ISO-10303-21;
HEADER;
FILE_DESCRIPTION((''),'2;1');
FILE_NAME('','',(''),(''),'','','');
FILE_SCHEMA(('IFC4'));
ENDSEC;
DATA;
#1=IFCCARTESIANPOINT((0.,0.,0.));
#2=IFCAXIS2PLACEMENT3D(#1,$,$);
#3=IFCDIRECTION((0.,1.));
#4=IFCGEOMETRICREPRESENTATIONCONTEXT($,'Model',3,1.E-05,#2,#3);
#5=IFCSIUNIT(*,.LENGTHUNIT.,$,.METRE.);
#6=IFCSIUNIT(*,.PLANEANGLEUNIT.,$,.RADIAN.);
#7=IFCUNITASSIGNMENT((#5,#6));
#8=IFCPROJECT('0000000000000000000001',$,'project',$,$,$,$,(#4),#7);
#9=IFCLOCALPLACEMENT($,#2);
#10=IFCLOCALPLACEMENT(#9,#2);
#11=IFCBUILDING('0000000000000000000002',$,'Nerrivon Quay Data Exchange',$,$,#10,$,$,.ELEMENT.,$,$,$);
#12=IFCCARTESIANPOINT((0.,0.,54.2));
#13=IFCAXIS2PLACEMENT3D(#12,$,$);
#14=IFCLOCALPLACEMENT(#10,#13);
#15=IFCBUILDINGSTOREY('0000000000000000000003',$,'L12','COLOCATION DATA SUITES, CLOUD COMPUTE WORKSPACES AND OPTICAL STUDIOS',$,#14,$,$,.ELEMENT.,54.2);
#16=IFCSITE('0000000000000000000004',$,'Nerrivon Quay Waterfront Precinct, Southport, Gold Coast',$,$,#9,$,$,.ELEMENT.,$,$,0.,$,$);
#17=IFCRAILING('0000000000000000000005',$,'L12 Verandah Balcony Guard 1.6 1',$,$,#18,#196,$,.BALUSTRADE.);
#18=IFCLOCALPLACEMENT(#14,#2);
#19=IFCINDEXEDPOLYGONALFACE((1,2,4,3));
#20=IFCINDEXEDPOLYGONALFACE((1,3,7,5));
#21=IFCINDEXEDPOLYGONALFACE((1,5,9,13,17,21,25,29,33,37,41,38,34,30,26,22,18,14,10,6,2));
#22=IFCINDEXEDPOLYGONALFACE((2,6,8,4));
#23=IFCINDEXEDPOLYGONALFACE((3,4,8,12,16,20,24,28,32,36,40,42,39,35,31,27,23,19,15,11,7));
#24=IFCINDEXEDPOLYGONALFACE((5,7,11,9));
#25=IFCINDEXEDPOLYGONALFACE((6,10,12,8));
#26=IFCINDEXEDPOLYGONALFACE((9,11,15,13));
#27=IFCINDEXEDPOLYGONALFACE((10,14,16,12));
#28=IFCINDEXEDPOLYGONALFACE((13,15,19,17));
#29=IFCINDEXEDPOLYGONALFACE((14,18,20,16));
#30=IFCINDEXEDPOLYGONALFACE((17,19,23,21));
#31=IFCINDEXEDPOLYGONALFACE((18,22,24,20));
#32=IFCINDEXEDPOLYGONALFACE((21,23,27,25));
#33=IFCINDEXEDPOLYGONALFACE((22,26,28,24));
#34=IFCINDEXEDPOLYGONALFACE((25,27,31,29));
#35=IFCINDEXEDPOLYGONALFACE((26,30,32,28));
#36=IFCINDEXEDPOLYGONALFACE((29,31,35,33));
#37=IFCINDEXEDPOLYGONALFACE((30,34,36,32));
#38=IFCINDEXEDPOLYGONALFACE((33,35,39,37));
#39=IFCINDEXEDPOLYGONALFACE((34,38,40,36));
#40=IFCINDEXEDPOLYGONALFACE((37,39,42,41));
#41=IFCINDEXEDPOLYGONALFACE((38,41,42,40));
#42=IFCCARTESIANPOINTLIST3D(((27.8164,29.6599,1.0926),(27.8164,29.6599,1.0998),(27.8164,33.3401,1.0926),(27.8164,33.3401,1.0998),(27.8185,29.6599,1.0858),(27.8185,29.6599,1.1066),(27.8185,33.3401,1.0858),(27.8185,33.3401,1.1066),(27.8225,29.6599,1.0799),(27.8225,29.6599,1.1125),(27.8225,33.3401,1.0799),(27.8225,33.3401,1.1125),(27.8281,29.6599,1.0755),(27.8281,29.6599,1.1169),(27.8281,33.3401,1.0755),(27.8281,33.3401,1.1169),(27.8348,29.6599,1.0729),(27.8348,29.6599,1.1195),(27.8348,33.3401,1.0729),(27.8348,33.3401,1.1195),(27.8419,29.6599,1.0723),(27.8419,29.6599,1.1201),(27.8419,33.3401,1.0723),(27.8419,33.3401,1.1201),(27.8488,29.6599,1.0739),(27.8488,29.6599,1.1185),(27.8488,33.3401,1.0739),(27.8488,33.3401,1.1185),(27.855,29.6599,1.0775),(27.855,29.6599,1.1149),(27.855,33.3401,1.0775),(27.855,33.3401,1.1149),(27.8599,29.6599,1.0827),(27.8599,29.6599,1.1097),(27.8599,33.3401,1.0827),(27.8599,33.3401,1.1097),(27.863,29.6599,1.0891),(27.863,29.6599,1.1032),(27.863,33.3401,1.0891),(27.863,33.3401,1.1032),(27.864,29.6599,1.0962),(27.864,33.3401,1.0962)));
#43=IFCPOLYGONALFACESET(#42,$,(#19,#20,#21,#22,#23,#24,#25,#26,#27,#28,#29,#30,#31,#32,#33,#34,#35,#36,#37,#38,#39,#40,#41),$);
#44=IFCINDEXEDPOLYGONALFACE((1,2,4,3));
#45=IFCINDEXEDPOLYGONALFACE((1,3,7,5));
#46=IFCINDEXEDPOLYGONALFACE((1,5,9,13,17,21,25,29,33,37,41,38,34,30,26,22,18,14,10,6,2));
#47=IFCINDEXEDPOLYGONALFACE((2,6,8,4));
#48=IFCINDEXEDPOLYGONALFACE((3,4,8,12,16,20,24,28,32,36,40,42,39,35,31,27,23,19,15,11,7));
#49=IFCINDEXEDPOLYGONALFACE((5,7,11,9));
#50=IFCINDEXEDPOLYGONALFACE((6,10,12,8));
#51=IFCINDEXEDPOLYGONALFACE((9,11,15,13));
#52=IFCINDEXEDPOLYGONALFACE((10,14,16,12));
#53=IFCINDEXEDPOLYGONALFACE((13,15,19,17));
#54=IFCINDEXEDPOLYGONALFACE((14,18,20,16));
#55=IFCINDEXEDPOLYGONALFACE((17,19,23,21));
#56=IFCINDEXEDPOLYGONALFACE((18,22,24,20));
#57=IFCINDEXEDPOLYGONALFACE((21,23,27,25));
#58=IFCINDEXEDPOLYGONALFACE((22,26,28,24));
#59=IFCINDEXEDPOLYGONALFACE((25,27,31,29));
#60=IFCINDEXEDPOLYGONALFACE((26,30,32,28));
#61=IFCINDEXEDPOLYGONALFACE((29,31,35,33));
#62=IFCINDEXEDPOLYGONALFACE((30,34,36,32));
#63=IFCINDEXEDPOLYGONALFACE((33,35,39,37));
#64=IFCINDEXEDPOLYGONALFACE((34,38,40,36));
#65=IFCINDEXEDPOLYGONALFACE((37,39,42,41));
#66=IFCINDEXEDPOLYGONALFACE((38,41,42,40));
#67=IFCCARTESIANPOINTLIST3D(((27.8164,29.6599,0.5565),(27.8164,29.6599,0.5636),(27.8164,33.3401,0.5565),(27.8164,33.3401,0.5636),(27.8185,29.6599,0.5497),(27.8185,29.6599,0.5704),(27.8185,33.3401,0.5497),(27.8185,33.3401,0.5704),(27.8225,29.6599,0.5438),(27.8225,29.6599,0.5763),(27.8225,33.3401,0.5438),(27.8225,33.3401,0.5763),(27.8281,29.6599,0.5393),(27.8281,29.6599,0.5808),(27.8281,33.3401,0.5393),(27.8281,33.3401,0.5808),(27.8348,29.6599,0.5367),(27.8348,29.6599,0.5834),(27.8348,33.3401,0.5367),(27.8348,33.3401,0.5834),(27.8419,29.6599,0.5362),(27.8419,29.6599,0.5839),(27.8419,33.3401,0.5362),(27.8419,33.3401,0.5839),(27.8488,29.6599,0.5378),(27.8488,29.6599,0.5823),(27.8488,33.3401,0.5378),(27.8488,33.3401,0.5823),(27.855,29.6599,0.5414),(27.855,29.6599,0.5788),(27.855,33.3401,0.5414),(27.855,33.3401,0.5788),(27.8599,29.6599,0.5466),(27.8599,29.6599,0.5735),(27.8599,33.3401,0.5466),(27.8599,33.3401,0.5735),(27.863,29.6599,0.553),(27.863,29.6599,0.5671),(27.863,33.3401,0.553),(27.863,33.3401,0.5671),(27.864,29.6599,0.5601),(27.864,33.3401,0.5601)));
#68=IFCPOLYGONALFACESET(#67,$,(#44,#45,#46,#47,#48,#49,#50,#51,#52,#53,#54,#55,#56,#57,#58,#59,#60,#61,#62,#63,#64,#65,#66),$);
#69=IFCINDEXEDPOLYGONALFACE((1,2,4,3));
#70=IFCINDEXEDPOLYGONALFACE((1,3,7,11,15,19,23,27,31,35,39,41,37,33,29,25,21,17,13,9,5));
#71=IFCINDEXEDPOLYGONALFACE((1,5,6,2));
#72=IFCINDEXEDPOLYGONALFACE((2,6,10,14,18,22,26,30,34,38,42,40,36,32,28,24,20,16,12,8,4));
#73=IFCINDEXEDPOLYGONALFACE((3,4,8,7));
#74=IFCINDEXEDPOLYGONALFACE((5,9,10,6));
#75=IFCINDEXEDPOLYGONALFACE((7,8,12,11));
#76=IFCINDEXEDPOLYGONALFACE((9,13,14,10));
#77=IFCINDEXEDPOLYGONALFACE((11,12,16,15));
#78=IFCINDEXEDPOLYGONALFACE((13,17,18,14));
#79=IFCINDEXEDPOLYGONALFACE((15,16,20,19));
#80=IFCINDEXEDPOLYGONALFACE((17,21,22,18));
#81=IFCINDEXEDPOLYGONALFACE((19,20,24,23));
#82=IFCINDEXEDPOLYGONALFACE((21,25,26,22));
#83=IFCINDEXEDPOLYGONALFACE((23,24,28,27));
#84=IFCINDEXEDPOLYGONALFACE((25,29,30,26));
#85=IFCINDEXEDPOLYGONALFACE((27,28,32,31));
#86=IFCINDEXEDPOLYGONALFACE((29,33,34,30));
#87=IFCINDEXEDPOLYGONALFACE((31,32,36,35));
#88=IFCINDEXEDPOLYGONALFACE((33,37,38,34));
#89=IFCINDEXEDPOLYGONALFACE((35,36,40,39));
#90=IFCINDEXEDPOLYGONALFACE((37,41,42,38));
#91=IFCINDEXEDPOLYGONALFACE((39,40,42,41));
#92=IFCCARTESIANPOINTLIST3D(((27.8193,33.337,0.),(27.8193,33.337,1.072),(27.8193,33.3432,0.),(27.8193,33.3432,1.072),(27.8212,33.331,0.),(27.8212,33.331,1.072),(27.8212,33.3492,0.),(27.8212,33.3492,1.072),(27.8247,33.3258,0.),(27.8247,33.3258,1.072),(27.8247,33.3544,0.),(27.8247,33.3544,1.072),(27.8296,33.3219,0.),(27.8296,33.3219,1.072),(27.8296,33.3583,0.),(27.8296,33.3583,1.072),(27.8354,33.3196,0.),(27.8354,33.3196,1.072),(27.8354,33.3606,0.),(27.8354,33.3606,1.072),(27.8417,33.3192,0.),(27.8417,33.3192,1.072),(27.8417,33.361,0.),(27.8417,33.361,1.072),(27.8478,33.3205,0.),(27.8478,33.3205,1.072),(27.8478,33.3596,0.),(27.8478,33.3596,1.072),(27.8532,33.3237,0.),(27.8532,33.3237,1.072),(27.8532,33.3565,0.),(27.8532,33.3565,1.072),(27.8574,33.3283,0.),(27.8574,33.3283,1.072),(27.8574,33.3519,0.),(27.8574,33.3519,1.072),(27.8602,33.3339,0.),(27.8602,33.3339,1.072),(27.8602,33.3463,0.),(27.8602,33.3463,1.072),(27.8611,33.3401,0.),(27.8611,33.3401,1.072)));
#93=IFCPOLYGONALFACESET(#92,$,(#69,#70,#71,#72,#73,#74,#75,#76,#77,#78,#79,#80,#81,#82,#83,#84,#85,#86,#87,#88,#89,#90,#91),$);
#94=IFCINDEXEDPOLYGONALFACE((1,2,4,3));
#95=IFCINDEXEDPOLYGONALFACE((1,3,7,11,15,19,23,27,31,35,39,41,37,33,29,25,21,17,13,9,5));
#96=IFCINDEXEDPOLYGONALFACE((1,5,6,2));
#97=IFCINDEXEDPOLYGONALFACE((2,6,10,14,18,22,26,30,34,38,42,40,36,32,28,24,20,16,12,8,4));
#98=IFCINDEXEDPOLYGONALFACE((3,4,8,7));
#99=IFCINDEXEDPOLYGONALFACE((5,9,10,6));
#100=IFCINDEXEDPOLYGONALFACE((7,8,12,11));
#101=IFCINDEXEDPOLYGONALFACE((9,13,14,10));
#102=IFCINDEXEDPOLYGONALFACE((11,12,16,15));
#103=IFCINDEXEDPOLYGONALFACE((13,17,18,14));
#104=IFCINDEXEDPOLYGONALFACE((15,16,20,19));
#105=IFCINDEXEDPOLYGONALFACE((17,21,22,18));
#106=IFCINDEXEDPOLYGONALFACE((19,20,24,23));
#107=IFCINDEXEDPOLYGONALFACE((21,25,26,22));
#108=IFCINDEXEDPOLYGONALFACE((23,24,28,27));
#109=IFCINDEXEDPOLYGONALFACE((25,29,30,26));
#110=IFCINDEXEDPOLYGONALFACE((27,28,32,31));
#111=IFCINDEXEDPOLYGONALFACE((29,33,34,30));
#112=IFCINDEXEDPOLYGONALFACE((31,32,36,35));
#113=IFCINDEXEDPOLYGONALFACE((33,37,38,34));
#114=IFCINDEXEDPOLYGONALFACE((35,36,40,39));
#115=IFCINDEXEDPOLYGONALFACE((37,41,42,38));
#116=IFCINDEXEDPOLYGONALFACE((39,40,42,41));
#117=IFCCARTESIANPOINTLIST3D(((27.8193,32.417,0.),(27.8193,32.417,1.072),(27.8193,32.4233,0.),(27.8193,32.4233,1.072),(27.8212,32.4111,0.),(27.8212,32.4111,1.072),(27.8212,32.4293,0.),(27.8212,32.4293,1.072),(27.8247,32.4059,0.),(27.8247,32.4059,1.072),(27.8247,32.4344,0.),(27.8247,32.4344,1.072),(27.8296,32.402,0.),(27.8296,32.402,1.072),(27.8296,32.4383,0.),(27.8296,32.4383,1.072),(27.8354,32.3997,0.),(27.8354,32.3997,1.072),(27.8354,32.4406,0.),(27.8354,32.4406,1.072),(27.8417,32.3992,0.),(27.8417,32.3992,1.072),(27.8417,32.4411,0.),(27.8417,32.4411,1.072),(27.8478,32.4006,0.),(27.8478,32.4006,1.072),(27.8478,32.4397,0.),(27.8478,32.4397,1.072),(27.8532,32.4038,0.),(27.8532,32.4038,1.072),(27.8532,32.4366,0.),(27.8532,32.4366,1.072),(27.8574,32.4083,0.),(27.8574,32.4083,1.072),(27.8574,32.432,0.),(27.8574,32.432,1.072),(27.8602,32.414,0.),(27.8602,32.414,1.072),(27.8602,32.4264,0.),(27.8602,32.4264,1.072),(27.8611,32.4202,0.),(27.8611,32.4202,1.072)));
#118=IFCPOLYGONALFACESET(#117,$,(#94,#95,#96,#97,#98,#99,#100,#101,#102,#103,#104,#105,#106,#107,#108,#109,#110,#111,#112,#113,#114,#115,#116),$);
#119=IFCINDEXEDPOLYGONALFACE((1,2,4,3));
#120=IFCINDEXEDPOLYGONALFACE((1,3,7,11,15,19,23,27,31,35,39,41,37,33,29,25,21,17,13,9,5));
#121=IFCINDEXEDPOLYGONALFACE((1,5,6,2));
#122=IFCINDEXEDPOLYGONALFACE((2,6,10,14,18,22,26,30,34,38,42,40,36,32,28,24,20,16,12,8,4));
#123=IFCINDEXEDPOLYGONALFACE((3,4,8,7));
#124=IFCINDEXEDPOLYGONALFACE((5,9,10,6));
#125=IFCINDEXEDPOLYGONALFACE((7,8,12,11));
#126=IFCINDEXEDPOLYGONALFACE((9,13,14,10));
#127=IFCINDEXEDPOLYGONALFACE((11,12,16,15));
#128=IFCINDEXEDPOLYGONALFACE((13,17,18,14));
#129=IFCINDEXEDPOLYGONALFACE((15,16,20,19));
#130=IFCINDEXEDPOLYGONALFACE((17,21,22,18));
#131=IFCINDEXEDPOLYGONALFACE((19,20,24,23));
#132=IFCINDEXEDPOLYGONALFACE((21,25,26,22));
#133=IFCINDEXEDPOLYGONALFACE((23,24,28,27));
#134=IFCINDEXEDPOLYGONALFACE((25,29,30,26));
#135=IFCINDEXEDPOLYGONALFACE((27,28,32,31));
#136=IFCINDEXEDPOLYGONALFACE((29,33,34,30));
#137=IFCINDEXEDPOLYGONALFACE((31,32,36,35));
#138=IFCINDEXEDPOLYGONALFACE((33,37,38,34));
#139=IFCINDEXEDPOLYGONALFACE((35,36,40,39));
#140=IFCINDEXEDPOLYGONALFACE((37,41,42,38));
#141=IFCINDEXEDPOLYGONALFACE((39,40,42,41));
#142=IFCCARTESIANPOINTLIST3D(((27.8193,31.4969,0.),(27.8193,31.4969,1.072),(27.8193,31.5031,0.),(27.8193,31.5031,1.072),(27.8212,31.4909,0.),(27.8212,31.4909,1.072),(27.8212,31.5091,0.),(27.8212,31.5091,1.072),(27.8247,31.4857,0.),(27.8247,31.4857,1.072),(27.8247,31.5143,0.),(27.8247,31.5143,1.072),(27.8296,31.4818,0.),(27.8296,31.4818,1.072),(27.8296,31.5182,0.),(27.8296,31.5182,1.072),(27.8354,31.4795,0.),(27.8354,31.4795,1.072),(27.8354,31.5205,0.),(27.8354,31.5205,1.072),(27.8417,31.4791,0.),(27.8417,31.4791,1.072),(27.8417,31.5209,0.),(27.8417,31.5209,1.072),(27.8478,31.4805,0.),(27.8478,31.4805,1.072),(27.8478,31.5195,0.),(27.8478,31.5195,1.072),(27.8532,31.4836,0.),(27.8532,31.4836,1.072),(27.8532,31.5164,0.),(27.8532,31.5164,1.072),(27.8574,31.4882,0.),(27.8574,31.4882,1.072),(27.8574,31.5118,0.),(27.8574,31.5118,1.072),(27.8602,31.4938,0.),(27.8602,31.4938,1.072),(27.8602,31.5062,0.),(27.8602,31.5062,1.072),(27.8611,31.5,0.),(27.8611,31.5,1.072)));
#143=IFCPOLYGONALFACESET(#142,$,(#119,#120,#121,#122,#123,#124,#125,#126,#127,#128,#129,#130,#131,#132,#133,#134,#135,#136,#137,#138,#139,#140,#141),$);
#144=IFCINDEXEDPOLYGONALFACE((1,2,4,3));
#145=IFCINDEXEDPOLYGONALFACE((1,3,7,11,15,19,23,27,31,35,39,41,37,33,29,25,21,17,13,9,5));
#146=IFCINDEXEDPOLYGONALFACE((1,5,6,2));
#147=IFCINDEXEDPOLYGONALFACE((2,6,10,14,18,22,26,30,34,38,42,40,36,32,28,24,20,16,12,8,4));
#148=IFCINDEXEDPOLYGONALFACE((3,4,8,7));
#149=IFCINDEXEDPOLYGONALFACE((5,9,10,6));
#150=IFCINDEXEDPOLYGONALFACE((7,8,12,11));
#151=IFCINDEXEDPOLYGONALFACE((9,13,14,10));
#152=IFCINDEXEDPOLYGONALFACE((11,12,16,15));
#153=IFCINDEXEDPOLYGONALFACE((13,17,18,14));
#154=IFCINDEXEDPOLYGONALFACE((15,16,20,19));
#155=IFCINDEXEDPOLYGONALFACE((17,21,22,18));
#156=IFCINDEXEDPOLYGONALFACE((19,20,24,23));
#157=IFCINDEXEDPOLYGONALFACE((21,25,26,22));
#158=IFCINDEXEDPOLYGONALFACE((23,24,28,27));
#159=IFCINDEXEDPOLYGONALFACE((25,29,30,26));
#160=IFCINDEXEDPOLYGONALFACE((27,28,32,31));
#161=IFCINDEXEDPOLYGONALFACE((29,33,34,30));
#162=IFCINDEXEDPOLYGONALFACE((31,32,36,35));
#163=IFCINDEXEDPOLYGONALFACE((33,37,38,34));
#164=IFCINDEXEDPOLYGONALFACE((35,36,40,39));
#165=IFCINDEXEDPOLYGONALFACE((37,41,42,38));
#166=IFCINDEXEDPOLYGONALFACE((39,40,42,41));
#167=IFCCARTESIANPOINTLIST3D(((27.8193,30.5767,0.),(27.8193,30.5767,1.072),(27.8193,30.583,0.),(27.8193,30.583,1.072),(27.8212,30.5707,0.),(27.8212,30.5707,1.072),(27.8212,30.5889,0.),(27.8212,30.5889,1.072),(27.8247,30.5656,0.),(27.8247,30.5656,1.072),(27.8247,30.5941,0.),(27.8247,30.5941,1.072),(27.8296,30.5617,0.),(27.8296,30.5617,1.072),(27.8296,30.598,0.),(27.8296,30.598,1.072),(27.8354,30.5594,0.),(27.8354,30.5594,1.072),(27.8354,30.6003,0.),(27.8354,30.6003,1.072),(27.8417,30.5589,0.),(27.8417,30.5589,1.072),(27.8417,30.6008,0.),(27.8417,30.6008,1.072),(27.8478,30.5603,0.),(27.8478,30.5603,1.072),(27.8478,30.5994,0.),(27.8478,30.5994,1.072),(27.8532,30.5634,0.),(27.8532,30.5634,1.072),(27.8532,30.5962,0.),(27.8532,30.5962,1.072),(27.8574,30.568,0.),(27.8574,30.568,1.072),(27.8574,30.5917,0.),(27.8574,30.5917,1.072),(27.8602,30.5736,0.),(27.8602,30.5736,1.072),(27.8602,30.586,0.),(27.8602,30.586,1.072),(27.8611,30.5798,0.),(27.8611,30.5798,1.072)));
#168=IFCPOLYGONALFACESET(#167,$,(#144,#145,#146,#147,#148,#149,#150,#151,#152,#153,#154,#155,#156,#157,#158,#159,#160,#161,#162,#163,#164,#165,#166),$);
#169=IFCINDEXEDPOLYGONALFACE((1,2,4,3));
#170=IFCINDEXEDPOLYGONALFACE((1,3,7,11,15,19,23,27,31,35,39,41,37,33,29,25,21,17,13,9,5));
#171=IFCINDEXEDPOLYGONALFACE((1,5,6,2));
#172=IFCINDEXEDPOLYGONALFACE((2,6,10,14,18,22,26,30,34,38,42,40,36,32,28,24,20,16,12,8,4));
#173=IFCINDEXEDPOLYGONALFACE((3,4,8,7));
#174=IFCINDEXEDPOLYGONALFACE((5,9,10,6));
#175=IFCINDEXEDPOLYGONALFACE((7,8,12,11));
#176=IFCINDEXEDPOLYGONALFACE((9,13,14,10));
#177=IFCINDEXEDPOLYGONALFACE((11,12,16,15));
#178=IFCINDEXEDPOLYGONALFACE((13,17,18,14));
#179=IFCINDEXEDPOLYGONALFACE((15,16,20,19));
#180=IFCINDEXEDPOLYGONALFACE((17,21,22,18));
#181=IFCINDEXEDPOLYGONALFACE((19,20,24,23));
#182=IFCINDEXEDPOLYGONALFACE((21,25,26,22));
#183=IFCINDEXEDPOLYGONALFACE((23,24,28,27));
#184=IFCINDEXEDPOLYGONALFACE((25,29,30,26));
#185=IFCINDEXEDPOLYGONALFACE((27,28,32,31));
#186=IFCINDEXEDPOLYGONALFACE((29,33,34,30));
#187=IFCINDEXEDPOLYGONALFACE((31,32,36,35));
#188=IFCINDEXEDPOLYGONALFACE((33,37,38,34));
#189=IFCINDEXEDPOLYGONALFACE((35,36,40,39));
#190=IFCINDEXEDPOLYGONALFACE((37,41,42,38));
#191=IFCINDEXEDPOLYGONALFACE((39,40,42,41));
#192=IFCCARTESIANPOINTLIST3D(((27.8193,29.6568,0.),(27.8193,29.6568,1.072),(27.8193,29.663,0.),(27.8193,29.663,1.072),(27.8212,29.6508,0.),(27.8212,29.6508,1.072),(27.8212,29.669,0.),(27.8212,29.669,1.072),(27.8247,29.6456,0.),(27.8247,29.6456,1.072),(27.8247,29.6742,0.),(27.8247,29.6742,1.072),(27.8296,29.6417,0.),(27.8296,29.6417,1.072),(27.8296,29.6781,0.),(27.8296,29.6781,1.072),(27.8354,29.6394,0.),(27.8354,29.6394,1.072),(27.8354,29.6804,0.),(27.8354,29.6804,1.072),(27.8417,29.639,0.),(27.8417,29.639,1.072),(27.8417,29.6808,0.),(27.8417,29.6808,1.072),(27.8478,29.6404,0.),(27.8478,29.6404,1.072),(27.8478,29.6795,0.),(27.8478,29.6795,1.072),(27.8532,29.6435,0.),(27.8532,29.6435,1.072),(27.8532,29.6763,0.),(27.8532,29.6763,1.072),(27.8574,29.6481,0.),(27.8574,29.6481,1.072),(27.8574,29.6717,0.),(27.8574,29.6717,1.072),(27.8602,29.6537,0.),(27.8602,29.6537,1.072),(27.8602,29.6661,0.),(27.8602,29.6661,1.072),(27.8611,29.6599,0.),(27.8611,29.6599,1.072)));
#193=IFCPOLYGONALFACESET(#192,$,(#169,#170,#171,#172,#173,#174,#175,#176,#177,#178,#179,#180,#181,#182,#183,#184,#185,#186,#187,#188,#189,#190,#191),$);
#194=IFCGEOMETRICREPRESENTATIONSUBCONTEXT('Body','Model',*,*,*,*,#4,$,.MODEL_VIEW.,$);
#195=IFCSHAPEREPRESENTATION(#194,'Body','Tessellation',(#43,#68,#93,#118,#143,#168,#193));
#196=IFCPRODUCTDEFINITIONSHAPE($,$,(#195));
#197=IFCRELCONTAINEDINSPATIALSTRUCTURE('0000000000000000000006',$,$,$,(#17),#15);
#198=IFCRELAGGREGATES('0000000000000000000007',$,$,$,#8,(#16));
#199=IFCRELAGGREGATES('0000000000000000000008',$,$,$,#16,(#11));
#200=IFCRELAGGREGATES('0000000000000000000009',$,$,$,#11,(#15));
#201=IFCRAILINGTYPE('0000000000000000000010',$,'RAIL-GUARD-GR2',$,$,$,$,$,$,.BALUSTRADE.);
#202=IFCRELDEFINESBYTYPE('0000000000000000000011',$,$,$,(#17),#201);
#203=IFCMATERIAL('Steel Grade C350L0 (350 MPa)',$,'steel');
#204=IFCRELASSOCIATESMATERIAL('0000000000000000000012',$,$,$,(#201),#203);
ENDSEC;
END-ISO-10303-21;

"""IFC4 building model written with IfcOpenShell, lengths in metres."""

from ifc_helpers import new_model, si_unit, direction, frame, origin, origin_2d, place, context, subcontext, project, spatial, circle, extrude, material, type_object, element, save


model = new_model("IFC4")

# Units and contexts
model_context = context("Model", 3, precision=1e-05, world=origin(), true_north=direction((0.0, 1.0)))
body_context = subcontext(model_context, "Body", "Model", "MODEL_VIEW")
ifc_project = project(units=[si_unit("LENGTHUNIT", "METRE"), si_unit("PLANEANGLEUNIT", "RADIAN")], contexts=[model_context])

# Site, building, storey
site_placement = place(None, origin())
site = spatial("IfcSite", under=ifc_project, at=site_placement, Name="Nerrivon Quay Waterfront Precinct, Southport, Gold Coast", CompositionType="ELEMENT", RefElevation=0.0)
building_placement = place(site_placement, origin())
building = spatial("IfcBuilding", under=site, at=building_placement, Name="Nerrivon Quay Data Exchange", CompositionType="ELEMENT")
storey_placement = place(building_placement, frame((0.0, 0.0, 54.2)))
storey = spatial("IfcBuildingStorey", under=building, at=storey_placement, Name="L12", Description="COLOCATION DATA SUITES, CLOUD COMPUTE WORKSPACES AND OPTICAL STUDIOS", CompositionType="ELEMENT", Elevation=54.2)

# Railing
ifc_material_1 = material(Name="Steel Grade C350L0 (350 MPa)", Category="steel")
railing_type = type_object("IfcRailingType", Name="RAIL-GUARD-GR2", PredefinedType="BALUSTRADE", material=ifc_material_1)
railing_1_placement = place(storey_placement, frame((27.8401, 33.3401, 0.0)))
element("IfcRailing", 1, at=railing_1_placement, inside=storey, type_object=railing_type, Name="L12 Verandah Balcony Guard 1.6 1", PredefinedType="BALUSTRADE", context=body_context, shape_type="SweptSolid", body=[
    extrude(circle(Radius=0.0239, at=origin_2d()), frame((0.0, 0.0, 1.0962), z_axis=(0.0, -1.0, 0.0), x_axis=(1.0, 0.0, 0.0)), (0.0, 0.0, 1.0), 3.6802),
    extrude(circle(Radius=0.0239, at=origin_2d()), frame((0.0, 0.0, 0.5601), z_axis=(0.0, -1.0, 0.0), x_axis=(1.0, 0.0, 0.0)), (0.0, 0.0, 1.0), 3.6802),
    extrude(circle(Radius=0.021, at=origin_2d()), origin(), (0.0, 0.0, 1.0), 1.072),
    extrude(circle(Radius=0.021, at=origin_2d()), frame((0.0, -0.9199, 0.0)), (0.0, 0.0, 1.0), 1.072),
    extrude(circle(Radius=0.021, at=origin_2d()), frame((0.0, -1.8401, 0.0)), (0.0, 0.0, 1.0), 1.072),
    extrude(circle(Radius=0.021, at=origin_2d()), frame((0.0, -2.7603, 0.0)), (0.0, 0.0, 1.0), 1.072),
    extrude(circle(Radius=0.021, at=origin_2d()), frame((0.0, -3.6802, 0.0)), (0.0, 0.0, 1.0), 1.072),
])

save(model, "model.ifc")
